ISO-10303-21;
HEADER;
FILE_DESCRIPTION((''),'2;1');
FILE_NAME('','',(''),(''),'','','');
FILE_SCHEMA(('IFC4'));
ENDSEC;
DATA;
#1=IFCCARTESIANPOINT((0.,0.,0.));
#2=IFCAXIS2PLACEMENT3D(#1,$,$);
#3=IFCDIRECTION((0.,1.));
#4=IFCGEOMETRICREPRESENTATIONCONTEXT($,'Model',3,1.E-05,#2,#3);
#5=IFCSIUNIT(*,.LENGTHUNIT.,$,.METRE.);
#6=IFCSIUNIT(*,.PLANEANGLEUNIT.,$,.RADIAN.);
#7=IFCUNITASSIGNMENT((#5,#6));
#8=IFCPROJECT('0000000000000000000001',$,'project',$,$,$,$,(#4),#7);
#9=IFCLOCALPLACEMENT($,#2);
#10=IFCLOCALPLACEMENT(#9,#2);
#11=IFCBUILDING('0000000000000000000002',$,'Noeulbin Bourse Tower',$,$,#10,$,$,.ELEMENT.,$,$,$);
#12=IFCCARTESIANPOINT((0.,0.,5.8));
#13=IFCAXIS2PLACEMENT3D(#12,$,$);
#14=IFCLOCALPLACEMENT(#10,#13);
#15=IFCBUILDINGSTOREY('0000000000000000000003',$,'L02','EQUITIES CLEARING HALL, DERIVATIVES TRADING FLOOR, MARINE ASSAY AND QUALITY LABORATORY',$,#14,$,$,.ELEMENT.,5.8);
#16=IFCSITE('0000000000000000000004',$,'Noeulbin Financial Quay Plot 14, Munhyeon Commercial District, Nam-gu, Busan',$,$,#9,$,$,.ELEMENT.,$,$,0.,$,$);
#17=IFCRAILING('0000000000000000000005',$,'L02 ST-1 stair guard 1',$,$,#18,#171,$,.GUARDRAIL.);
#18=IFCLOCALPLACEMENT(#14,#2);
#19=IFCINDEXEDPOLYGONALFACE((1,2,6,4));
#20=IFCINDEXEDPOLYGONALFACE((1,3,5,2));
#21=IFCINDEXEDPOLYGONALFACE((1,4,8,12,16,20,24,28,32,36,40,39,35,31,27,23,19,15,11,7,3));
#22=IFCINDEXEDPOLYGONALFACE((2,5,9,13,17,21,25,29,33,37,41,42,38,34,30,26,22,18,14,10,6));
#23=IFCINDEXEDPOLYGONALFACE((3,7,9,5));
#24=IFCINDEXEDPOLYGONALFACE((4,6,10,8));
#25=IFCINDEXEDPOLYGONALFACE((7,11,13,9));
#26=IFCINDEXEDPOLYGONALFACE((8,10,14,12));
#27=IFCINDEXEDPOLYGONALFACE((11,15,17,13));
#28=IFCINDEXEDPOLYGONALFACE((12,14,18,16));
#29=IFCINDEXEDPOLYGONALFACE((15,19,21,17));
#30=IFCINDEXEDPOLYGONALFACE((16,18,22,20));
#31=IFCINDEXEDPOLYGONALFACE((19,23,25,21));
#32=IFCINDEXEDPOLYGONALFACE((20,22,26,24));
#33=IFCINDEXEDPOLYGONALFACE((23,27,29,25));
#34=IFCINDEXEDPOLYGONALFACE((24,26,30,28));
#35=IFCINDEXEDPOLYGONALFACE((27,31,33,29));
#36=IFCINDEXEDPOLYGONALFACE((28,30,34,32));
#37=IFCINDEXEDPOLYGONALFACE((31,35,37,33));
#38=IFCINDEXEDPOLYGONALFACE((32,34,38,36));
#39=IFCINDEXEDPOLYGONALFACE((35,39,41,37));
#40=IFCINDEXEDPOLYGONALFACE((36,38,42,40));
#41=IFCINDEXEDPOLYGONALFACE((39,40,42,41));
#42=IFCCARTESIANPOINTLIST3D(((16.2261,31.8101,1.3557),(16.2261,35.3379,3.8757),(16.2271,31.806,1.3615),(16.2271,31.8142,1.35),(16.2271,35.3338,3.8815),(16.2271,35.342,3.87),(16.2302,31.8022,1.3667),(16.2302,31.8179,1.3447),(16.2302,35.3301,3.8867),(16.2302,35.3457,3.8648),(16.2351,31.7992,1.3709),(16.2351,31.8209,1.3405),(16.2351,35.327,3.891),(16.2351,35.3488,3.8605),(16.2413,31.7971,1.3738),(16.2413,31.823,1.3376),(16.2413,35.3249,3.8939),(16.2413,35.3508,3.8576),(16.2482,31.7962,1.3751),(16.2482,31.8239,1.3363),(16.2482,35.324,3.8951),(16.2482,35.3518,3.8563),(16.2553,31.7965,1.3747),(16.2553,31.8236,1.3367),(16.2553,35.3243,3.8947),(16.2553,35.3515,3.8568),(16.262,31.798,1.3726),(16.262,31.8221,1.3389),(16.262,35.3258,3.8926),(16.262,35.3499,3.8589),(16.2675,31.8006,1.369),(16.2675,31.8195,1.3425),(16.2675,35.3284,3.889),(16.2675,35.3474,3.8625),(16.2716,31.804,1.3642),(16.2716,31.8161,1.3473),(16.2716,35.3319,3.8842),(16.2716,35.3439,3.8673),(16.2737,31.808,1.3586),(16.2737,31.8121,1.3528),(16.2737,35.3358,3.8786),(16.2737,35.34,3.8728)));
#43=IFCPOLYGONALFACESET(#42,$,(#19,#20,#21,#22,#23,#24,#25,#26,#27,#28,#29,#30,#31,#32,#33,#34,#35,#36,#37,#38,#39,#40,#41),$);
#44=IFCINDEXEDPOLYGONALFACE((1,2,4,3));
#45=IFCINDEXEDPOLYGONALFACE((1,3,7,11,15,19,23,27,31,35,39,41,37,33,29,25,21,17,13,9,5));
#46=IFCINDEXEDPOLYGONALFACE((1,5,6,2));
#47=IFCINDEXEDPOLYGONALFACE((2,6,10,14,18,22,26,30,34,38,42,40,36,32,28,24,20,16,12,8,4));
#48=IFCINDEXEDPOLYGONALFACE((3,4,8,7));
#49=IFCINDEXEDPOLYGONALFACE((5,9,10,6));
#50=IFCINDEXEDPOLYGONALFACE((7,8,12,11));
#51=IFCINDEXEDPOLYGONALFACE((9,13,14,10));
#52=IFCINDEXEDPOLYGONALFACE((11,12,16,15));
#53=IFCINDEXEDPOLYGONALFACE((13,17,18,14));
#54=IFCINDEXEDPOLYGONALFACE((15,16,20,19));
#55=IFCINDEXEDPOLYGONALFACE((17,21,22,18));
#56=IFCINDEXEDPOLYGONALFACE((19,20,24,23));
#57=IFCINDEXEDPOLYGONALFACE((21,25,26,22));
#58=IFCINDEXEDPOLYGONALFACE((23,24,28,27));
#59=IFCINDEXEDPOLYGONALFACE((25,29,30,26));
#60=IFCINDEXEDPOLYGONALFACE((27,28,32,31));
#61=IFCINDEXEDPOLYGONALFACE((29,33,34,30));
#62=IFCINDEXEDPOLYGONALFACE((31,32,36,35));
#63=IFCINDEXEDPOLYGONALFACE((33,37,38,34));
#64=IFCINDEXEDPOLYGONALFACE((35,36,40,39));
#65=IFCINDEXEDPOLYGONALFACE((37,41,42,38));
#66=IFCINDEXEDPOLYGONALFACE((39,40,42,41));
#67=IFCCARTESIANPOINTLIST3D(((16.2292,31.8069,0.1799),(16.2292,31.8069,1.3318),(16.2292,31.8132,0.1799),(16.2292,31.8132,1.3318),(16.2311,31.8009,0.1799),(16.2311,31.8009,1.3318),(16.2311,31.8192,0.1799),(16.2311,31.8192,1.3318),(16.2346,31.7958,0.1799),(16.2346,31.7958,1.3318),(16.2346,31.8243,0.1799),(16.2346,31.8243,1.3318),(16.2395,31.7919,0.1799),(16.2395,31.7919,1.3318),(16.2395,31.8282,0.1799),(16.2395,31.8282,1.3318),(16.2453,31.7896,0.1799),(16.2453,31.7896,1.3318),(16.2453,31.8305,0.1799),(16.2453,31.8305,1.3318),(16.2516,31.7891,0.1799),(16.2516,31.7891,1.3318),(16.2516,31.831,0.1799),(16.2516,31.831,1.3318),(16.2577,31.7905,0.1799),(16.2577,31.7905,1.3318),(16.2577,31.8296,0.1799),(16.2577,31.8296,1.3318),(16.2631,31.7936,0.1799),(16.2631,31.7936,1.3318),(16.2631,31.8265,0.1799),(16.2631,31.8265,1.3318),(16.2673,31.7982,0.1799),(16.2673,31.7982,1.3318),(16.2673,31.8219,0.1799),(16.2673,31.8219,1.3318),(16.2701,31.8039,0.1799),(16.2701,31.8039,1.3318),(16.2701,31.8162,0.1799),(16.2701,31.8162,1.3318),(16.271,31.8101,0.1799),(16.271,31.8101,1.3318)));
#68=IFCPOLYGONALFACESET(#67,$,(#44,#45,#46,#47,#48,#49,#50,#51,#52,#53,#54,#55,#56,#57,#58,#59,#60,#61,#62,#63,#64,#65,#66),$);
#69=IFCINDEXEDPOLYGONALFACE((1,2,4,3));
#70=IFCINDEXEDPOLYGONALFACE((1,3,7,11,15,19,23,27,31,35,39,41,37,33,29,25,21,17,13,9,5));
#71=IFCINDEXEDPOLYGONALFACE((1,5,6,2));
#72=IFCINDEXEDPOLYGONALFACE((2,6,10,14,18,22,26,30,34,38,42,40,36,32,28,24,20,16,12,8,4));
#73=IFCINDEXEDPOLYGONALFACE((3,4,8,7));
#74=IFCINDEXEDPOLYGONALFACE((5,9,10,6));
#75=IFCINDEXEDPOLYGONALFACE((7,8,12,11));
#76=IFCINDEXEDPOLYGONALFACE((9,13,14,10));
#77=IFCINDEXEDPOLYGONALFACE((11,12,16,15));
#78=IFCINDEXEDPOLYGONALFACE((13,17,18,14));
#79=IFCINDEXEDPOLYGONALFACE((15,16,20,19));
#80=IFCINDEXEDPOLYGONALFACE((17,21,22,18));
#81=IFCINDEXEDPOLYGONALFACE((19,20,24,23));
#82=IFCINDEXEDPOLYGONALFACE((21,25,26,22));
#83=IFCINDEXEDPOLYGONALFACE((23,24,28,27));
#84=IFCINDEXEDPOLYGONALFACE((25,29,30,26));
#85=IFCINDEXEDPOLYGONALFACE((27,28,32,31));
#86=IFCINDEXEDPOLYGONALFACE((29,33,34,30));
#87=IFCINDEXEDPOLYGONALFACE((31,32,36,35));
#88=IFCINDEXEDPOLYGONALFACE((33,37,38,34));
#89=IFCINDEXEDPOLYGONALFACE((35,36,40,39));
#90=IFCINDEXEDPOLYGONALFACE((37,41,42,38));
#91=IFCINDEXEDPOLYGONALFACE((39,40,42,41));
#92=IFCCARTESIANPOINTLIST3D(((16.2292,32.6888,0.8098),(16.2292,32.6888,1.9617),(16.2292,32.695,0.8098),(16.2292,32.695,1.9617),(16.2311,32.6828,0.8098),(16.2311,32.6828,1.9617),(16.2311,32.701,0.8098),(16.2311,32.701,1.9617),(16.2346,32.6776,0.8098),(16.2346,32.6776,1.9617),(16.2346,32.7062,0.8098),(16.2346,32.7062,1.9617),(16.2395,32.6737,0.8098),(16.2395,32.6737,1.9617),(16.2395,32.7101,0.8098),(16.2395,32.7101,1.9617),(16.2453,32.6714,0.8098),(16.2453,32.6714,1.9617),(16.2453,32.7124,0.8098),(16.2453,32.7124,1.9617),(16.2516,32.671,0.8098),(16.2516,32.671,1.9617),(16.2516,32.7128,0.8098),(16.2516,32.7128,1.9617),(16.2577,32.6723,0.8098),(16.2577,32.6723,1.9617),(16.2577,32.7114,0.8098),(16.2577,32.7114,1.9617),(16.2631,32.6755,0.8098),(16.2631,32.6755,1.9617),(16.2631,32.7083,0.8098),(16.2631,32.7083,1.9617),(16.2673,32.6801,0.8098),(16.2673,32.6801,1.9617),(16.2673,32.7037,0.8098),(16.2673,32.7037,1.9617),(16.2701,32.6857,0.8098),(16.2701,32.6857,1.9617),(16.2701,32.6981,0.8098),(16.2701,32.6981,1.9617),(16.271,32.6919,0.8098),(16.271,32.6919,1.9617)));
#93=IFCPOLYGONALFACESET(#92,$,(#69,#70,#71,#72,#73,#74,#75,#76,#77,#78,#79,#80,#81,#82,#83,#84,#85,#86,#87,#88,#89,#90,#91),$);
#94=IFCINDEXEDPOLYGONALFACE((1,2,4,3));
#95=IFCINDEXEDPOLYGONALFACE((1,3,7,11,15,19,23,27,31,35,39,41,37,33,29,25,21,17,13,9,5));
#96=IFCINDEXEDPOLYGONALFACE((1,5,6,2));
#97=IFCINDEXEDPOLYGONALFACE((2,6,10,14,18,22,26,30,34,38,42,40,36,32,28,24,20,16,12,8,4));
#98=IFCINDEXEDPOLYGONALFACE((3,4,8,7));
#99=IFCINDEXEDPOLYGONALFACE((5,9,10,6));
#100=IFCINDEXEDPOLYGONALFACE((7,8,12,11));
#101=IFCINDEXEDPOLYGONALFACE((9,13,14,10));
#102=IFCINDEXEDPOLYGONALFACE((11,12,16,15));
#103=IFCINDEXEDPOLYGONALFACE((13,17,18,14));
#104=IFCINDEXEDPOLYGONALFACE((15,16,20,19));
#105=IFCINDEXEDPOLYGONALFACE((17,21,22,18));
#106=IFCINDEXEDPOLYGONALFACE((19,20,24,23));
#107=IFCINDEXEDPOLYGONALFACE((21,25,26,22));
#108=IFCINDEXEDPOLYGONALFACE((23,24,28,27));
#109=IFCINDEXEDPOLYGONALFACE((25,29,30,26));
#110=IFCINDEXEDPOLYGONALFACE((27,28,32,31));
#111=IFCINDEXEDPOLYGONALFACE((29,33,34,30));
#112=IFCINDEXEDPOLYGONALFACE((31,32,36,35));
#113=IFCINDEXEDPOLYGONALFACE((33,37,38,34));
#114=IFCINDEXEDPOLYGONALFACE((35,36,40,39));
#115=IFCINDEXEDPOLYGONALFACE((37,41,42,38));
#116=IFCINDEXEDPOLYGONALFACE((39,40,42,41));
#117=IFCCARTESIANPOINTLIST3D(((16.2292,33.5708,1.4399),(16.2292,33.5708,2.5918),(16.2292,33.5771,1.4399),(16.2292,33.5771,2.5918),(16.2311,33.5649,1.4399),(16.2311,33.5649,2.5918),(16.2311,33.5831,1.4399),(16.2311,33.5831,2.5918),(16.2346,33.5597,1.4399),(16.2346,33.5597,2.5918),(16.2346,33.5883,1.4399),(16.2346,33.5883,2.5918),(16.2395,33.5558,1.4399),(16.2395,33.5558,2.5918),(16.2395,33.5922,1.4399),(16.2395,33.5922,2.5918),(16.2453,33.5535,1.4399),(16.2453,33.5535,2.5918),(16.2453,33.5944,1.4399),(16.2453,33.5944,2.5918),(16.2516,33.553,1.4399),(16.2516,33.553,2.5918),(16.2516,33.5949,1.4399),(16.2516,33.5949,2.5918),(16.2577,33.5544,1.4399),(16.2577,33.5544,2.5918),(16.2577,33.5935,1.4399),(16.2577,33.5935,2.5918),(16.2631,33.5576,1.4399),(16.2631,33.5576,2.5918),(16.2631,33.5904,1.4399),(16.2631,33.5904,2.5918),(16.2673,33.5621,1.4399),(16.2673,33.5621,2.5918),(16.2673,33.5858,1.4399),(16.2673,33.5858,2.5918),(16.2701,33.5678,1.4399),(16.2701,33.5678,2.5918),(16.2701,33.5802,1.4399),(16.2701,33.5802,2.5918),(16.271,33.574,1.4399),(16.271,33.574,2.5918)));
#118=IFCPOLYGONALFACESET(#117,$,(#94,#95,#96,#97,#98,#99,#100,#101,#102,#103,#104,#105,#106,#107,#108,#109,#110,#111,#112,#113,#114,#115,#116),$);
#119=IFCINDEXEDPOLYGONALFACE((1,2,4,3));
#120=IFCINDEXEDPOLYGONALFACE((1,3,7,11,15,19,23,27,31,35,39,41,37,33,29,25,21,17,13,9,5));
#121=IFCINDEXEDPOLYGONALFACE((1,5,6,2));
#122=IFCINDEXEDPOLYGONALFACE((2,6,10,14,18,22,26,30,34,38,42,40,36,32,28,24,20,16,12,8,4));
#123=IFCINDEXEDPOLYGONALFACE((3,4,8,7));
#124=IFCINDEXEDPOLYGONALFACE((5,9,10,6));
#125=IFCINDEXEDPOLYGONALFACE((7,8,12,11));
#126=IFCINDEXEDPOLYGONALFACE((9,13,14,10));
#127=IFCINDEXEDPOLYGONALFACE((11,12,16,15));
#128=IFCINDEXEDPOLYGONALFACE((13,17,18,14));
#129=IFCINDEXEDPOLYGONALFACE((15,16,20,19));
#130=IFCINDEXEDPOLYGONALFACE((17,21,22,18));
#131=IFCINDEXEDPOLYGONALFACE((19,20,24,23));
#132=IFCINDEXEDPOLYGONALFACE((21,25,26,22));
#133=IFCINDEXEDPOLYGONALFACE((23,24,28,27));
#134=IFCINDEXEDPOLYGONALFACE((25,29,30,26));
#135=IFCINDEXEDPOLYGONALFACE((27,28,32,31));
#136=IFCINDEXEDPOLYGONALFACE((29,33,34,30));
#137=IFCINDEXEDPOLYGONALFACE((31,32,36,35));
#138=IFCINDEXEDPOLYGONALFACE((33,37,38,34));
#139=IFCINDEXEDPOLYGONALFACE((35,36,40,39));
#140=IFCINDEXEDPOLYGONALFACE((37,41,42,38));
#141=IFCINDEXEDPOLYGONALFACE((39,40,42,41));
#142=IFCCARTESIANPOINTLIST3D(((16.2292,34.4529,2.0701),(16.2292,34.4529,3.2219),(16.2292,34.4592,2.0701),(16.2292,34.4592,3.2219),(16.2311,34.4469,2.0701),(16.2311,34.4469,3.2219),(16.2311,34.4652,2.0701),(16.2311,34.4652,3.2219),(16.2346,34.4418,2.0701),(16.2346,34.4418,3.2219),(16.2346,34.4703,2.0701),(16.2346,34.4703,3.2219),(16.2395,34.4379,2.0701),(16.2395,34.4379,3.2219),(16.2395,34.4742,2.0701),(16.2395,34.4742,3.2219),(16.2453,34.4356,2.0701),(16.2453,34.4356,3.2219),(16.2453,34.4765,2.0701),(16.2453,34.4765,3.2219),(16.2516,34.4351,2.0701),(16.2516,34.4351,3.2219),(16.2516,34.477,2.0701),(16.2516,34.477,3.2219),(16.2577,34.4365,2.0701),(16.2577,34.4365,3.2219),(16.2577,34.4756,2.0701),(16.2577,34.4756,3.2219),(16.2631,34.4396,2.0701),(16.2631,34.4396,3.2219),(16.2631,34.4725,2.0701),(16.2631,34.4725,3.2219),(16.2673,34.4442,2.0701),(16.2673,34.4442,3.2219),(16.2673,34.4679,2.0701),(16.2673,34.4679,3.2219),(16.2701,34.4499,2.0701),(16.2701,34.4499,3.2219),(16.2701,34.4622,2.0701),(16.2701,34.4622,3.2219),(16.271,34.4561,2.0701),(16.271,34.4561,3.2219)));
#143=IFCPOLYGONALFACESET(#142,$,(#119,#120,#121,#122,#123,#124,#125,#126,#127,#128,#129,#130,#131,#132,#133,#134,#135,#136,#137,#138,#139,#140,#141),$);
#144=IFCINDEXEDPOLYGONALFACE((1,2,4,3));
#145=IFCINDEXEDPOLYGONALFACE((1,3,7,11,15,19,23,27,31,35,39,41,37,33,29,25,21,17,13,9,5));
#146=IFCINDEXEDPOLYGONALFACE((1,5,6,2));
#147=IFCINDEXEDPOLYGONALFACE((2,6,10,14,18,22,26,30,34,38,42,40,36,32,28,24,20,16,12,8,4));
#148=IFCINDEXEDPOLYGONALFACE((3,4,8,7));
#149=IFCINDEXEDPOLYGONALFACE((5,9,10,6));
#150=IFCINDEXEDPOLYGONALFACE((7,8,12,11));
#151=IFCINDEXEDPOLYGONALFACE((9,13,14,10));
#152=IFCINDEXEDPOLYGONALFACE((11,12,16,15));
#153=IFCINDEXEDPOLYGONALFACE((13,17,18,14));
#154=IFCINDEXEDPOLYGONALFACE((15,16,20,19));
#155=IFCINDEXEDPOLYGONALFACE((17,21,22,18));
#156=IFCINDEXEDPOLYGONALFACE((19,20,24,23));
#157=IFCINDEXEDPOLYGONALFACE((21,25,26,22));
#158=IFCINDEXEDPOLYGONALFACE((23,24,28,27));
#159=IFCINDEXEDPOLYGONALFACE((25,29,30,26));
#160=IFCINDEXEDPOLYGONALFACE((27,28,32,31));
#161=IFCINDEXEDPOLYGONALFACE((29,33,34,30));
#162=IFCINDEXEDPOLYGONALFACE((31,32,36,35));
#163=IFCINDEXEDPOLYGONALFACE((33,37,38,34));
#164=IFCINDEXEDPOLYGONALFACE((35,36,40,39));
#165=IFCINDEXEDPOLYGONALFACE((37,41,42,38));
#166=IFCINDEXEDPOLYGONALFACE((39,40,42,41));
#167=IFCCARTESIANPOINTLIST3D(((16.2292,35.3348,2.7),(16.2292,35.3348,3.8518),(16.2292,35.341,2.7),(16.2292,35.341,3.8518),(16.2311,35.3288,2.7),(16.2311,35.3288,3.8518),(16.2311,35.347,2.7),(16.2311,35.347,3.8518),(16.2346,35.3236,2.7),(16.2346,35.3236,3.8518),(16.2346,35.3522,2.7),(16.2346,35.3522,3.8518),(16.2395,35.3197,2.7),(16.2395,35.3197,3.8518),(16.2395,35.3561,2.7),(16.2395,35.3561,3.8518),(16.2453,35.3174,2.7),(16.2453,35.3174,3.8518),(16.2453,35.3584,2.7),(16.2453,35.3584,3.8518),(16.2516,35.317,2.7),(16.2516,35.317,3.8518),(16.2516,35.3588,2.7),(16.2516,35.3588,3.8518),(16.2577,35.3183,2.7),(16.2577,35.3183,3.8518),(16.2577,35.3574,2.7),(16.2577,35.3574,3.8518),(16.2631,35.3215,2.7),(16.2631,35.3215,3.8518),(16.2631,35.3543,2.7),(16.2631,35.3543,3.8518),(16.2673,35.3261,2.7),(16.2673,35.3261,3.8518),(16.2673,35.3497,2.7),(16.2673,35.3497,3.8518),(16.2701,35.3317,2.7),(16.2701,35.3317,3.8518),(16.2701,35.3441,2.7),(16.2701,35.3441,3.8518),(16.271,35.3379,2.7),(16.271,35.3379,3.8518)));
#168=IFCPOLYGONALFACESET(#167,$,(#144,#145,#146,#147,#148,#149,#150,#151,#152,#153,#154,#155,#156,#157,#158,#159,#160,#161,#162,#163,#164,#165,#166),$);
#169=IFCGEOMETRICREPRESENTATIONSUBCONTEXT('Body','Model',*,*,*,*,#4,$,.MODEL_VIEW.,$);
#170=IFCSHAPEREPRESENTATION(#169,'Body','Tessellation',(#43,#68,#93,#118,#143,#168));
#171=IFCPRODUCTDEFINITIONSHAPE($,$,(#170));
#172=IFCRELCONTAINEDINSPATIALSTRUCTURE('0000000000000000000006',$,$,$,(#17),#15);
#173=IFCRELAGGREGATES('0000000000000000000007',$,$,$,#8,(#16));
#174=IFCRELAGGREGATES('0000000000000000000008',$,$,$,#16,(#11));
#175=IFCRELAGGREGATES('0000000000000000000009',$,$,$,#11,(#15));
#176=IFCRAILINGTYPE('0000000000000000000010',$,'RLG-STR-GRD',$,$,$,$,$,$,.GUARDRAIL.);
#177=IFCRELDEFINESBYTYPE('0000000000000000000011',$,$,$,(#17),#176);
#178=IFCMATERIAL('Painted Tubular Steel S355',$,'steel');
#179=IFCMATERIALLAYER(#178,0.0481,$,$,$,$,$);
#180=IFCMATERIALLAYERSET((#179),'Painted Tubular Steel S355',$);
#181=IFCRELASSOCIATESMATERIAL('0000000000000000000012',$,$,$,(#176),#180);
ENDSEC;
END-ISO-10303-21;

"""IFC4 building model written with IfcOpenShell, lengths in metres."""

from ifc_helpers import new_model, si_unit, direction, frame, origin, origin_2d, place, context, subcontext, project, spatial, circle, extrude, material, layer, layer_set, type_object, element, save


model = new_model("IFC4")

# Units and contexts
model_context = context("Model", 3, precision=1e-05, world=origin(), true_north=direction((0.0, 1.0)))
body_context = subcontext(model_context, "Body", "Model", "MODEL_VIEW")
ifc_project = project(units=[si_unit("LENGTHUNIT", "METRE"), si_unit("PLANEANGLEUNIT", "RADIAN")], contexts=[model_context])

# Site, building, storey
site_placement = place(None, origin())
site = spatial("IfcSite", under=ifc_project, at=site_placement, Name="Noeulbin Financial Quay Plot 14, Munhyeon Commercial District, Nam-gu, Busan", CompositionType="ELEMENT", RefElevation=0.0)
building_placement = place(site_placement, origin())
building = spatial("IfcBuilding", under=site, at=building_placement, Name="Noeulbin Bourse Tower", CompositionType="ELEMENT")
storey_placement = place(building_placement, frame((0.0, 0.0, 5.8)))
storey = spatial("IfcBuildingStorey", under=building, at=storey_placement, Name="L02", Description="EQUITIES CLEARING HALL, DERIVATIVES TRADING FLOOR, MARINE ASSAY AND QUALITY LABORATORY", CompositionType="ELEMENT", Elevation=5.8)

# Railing
ifc_material_1 = material(Name="Painted Tubular Steel S355", Category="steel")
ifc_layer_1 = layer(ifc_material_1, 0.0481)
ifc_layer_set_1 = layer_set([ifc_layer_1], Name="Painted Tubular Steel S355")
railing_type_1 = type_object("IfcRailingType", Name="RLG-STR-GRD", PredefinedType="GUARDRAIL", material=ifc_layer_set_1)
railing_1_placement = place(storey_placement, frame((16.25, 31.8101, 0.1799)))
element("IfcRailing", 1, at=railing_1_placement, inside=storey, type_object=railing_type_1, Name="L02 ST-1 stair guard 1", PredefinedType="GUARDRAIL", context=body_context, shape_type="SweptSolid", body=[
    extrude(circle(Radius=0.0239, at=origin_2d()), frame((0.0, 0.0, 1.1758), z_axis=(0.0, 0.813718, 0.58126), x_axis=(-1.0, 0.0, 0.0)), (0.0, 0.0, 1.0), 4.3354),
    extrude(circle(Radius=0.021, at=origin_2d()), origin(), (0.0, 0.0, 1.0), 1.1519),
    extrude(circle(Radius=0.021, at=origin_2d()), frame((0.0, 0.8818, 0.6299)), (0.0, 0.0, 1.0), 1.1519),
    extrude(circle(Radius=0.021, at=origin_2d()), frame((0.0, 1.7639, 1.26)), (0.0, 0.0, 1.0), 1.1519),
    extrude(circle(Radius=0.021, at=origin_2d()), frame((0.0, 2.646, 1.8901)), (0.0, 0.0, 1.0), 1.1519),
    extrude(circle(Radius=0.021, at=origin_2d()), frame((0.0, 3.5278, 2.52)), (0.0, 0.0, 1.0), 1.1519),
])

save(model, "model.ifc")
